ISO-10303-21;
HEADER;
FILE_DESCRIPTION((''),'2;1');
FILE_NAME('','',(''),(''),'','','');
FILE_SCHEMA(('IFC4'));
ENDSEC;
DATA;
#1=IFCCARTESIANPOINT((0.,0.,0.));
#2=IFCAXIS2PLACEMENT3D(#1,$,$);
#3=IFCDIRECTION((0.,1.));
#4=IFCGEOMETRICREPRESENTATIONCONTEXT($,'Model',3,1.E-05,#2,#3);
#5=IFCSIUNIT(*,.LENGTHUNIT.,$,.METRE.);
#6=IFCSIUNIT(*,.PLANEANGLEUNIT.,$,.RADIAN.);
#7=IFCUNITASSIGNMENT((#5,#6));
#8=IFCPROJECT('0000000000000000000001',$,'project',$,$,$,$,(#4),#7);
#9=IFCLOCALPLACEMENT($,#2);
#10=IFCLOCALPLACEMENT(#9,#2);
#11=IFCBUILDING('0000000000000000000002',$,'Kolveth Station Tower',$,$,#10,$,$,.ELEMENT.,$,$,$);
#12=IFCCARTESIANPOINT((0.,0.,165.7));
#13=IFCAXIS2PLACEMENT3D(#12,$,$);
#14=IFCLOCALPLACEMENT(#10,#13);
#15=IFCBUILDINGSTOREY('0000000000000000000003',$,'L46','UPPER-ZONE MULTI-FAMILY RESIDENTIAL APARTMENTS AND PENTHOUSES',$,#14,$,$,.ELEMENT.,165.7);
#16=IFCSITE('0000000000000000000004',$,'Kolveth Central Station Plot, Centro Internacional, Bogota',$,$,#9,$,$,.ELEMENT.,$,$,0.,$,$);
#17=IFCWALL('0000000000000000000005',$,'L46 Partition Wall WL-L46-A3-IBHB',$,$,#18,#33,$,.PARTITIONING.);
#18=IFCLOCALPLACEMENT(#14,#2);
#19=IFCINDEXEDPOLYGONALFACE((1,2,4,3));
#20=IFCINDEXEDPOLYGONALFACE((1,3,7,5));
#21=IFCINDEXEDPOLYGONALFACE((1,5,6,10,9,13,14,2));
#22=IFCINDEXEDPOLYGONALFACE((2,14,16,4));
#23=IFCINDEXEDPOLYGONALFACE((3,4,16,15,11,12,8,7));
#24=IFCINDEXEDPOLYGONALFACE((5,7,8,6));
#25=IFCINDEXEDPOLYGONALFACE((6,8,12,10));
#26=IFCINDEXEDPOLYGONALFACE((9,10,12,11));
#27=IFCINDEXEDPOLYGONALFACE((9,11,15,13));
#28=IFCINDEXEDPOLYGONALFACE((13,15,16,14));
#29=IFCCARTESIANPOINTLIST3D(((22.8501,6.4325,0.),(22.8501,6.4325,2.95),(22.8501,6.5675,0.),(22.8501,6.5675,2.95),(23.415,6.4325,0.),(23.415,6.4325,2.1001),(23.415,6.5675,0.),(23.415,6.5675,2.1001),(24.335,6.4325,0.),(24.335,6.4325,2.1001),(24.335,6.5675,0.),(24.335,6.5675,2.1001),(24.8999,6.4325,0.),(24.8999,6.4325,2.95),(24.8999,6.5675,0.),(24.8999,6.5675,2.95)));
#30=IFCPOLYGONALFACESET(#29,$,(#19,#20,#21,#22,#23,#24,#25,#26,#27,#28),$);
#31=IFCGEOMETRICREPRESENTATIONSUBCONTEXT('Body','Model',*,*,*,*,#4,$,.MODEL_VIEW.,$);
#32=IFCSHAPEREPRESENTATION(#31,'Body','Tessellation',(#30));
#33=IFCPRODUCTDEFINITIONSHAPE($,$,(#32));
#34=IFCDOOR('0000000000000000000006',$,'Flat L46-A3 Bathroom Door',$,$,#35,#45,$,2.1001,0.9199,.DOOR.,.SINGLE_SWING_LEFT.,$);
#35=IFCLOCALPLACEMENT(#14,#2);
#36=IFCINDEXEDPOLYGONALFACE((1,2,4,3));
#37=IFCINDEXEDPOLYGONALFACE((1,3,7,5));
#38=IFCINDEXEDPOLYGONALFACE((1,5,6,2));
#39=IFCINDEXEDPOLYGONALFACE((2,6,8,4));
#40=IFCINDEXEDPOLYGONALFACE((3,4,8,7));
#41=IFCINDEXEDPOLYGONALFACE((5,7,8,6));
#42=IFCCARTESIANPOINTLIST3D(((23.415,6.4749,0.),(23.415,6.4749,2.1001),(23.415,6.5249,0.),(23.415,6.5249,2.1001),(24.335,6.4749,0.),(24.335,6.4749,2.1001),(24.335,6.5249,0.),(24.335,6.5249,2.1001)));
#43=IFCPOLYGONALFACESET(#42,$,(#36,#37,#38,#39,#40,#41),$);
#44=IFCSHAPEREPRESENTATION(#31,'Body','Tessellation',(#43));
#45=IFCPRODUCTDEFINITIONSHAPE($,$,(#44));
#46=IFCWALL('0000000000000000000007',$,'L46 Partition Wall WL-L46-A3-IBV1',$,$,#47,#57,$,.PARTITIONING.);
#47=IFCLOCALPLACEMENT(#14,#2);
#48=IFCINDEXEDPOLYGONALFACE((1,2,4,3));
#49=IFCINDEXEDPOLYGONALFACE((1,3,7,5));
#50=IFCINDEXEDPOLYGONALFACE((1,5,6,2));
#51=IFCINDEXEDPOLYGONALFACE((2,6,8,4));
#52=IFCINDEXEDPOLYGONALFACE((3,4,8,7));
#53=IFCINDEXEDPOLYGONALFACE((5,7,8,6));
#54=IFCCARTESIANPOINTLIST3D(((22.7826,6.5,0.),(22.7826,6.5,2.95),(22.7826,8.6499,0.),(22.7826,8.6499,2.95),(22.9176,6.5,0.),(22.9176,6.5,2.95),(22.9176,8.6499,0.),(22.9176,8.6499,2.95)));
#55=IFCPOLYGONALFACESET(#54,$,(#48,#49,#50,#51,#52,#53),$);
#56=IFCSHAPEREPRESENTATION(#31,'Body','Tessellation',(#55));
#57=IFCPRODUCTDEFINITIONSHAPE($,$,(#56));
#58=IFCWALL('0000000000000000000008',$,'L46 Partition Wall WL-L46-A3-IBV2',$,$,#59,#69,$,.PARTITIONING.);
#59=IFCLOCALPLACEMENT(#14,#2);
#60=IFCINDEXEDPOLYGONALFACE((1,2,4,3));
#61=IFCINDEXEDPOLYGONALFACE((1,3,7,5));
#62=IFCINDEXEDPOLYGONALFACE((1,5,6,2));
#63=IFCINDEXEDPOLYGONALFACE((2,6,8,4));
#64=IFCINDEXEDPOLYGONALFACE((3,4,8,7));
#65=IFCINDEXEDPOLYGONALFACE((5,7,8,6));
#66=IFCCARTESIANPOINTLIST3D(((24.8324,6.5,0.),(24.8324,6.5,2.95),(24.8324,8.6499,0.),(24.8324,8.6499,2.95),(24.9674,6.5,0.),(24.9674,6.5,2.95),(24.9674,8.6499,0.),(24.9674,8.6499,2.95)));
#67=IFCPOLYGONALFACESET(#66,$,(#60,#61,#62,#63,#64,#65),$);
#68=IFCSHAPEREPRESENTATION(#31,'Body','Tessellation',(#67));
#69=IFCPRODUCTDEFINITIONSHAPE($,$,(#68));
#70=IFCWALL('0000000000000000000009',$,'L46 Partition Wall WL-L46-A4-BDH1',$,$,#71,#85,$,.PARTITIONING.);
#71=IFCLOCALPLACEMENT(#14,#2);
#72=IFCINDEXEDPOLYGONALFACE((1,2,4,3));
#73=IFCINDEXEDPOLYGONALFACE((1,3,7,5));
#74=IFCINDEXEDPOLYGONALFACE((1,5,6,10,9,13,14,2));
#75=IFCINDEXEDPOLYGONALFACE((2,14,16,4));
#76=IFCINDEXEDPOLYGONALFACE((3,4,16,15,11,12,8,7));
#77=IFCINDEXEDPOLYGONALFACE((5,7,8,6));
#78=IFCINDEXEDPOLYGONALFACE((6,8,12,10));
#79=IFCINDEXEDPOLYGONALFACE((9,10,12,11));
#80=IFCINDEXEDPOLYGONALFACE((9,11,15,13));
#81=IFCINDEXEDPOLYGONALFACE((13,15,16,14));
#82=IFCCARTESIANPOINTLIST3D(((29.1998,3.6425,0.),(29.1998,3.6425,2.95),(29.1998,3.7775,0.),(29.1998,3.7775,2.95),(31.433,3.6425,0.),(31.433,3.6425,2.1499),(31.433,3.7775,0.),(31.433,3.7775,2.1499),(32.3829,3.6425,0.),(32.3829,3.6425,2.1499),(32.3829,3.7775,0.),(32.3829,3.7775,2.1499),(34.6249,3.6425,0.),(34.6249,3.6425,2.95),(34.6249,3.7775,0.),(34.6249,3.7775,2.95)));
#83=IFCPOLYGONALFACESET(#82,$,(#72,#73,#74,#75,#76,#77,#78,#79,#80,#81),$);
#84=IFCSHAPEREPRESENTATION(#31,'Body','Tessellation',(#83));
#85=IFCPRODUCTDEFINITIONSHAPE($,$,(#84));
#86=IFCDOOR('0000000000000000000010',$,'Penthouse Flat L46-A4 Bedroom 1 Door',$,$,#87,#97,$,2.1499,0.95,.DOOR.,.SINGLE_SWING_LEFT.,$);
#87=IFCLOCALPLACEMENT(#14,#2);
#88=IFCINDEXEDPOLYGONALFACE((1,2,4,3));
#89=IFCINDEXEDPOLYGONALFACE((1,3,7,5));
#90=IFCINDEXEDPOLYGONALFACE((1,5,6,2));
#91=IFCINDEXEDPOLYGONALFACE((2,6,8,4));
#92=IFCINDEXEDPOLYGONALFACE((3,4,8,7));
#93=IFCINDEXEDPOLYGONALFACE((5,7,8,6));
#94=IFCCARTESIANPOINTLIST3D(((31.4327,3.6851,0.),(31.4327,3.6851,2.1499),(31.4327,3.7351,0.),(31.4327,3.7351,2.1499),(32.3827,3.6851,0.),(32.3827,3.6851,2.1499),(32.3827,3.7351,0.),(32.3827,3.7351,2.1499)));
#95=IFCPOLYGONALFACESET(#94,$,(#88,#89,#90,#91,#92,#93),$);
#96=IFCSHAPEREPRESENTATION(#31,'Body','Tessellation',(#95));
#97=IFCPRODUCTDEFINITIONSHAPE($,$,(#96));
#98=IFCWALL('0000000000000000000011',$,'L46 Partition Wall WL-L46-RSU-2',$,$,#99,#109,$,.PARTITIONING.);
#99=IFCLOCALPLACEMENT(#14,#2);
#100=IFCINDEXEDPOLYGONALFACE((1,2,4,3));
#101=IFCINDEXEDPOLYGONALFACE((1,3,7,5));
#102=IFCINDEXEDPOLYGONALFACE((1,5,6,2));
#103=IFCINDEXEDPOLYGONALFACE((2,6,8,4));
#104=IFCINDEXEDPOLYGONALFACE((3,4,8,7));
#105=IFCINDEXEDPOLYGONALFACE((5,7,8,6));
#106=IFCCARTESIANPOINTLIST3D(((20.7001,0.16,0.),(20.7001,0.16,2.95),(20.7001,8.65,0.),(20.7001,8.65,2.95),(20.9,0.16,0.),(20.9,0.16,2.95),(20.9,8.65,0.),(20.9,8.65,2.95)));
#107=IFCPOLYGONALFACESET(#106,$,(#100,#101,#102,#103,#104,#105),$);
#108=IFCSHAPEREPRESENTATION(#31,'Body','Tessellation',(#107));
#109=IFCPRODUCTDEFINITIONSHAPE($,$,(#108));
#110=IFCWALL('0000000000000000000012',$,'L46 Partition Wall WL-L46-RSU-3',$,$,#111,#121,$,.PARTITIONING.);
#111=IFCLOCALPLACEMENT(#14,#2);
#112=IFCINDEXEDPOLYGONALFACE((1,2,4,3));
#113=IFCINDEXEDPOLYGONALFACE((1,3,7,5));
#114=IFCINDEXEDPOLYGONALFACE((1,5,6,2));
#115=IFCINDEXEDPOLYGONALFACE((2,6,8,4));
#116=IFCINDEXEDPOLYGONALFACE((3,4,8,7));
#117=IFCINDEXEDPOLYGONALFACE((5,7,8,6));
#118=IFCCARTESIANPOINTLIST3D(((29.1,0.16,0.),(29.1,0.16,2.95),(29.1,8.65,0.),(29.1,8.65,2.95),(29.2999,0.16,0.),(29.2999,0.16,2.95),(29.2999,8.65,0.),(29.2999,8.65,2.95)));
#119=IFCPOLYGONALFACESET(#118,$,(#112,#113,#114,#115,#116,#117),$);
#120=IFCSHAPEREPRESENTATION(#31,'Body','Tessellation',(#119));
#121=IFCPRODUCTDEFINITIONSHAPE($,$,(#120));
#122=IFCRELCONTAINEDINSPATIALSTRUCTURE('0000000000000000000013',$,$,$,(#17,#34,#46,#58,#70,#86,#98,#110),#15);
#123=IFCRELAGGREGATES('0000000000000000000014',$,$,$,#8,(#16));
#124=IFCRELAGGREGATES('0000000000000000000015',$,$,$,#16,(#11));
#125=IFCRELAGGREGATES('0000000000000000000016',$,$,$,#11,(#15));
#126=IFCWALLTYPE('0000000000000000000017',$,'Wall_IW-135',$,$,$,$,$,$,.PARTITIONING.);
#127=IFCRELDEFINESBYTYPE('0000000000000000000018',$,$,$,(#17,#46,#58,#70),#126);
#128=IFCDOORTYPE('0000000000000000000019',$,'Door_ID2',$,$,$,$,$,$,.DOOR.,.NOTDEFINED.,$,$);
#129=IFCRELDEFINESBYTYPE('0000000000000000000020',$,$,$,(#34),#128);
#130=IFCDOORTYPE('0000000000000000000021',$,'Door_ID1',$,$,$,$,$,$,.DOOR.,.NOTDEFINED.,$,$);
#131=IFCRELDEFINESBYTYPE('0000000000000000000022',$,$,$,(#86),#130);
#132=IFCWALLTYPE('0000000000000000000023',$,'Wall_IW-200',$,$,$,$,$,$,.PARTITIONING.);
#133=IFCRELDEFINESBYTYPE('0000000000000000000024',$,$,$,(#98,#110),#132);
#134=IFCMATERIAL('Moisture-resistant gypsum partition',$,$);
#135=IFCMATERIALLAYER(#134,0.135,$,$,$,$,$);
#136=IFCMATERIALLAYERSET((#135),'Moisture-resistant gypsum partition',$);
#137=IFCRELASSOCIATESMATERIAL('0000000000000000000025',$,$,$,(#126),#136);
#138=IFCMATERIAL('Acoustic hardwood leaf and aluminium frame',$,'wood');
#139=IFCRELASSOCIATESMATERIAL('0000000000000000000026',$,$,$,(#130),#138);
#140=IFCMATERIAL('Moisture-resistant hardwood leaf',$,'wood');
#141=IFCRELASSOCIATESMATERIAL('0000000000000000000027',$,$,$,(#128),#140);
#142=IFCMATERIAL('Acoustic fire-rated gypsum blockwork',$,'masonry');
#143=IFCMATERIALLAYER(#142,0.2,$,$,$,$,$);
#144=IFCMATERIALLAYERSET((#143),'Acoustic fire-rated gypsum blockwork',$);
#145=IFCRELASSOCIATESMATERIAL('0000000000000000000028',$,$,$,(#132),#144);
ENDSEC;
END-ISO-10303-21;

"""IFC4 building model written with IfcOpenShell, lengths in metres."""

from ifc_helpers import new_model, si_unit, direction, frame, frame_2d, origin, place, context, subcontext, project, spatial, rectangle, extrude, material, layer, layer_set, type_object, element, fill, save


model = new_model("IFC4")

# Units and contexts
model_context = context("Model", 3, precision=1e-05, world=origin(), true_north=direction((0.0, 1.0)))
body_context = subcontext(model_context, "Body", "Model", "MODEL_VIEW")
ifc_project = project(units=[si_unit("LENGTHUNIT", "METRE"), si_unit("PLANEANGLEUNIT", "RADIAN")], contexts=[model_context])

# Site, building, storey
site_placement = place(None, origin())
site = spatial("IfcSite", under=ifc_project, at=site_placement, Name="Kolveth Central Station Plot, Centro Internacional, Bogota", CompositionType="ELEMENT", RefElevation=0.0)
building_placement = place(site_placement, origin())
building = spatial("IfcBuilding", under=site, at=building_placement, Name="Kolveth Station Tower", CompositionType="ELEMENT")
storey_placement = place(building_placement, frame((0.0, 0.0, 165.7)))
storey = spatial("IfcBuildingStorey", under=building, at=storey_placement, Name="L46", Description="UPPER-ZONE MULTI-FAMILY RESIDENTIAL APARTMENTS AND PENTHOUSES", CompositionType="ELEMENT", Elevation=165.7)

# Wall, opening, door
ifc_material_1 = material(Name="Moisture-resistant gypsum partition")
ifc_layer_1 = layer(ifc_material_1, 0.135)
ifc_layer_set_1 = layer_set([ifc_layer_1], Name="Moisture-resistant gypsum partition")
wall_type_1 = type_object("IfcWallType", Name="Wall_IW-135", PredefinedType="PARTITIONING", material=ifc_layer_set_1)
ifc_material_2 = material(Name="Acoustic hardwood leaf and aluminium frame", Category="wood")
door_type_1 = type_object("IfcDoorType", Name="Door_ID1", OperationType="NOTDEFINED", PredefinedType="DOOR", material=ifc_material_2)
wall_1_placement = place(storey_placement, frame((22.8501, 6.5, 0.0), z_axis=(0.0, 0.0, 1.0), x_axis=(1.0, 0.0, 0.0)))
wall_1 = element("IfcWall", 1, at=wall_1_placement, inside=storey, type_object=wall_type_1, Name="L46 Partition Wall WL-L46-A3-IBHB", PredefinedType="PARTITIONING", context=body_context, shape_type="SweptSolid", body=[
    extrude(rectangle(XDim=2.0498, YDim=0.135, at=frame_2d((1.0249, 0.0))), origin(), (0.0, 0.0, 1.0), 2.95),
])
opening_1_placement = place(wall_1_placement, frame((0.5649, 0.0, 0.0)))
opening_1 = element("IfcOpeningElement", 2, at=opening_1_placement, cuts=wall_1, PredefinedType="OPENING", context=body_context, shape_type="SweptSolid", body=[
    extrude(rectangle(XDim=0.9199, YDim=2.1001, at=frame_2d((0.46, 1.05))), frame((0.0, 0.0774, 0.0), z_axis=(0.0, -1.0, 0.0), x_axis=(1.0, 0.0, 0.0)), (0.0, 0.0, 1.0), 0.155),
])
ifc_material_3 = material(Name="Moisture-resistant hardwood leaf", Category="wood")
door_type_2 = type_object("IfcDoorType", Name="Door_ID2", OperationType="NOTDEFINED", PredefinedType="DOOR", material=ifc_material_3)
door_1_placement = place(opening_1_placement, origin())
door_1 = element("IfcDoor", 3, at=door_1_placement, inside=storey, type_object=door_type_2, Name="Flat L46-A3 Bathroom Door", OperationType="SINGLE_SWING_LEFT", OverallHeight=2.1001, OverallWidth=0.9199, PredefinedType="DOOR", context=body_context, shape_type="SweptSolid", body=[
    extrude(rectangle(XDim=0.9199, YDim=2.1001, at=frame_2d((0.46, 1.05))), frame((0.0, 0.0249, 0.0), z_axis=(0.0, -1.0, 0.0), x_axis=(1.0, 0.0, 0.0)), (0.0, 0.0, 1.0), 0.05),
])
fill(opening_1, door_1)

# Walls
for number, where, z_axis, x_axis, name in (
    (4, (22.8501, 6.5, 0.0), (0.0, 0.0, 1.0), (0.0, 1.0, 0.0), "L46 Partition Wall WL-L46-A3-IBV1"),
    (5, (24.8999, 6.5, 0.0), (0.0, 0.0, 1.0), (0.0, 1.0, 0.0), "L46 Partition Wall WL-L46-A3-IBV2"),
):
    element("IfcWall", number, at=place(storey_placement, frame(where, z_axis=z_axis, x_axis=x_axis)), inside=storey, type_object=wall_type_1, Name=name, PredefinedType="PARTITIONING", context=body_context, shape_type="SweptSolid", body=[
        extrude(rectangle(XDim=2.1499, YDim=0.135, at=frame_2d((1.075, 0.0))), origin(), (0.0, 0.0, 1.0), 2.95),
    ])

# Wall, opening, door
wall_2_placement = place(storey_placement, frame((29.2, 3.71, 0.0), z_axis=(0.0, 0.0, 1.0), x_axis=(1.0, 0.0, 0.0)))
wall_2 = element("IfcWall", 6, at=wall_2_placement, inside=storey, type_object=wall_type_1, Name="L46 Partition Wall WL-L46-A4-BDH1", PredefinedType="PARTITIONING", context=body_context, shape_type="SweptSolid", body=[
    extrude(rectangle(XDim=5.425, YDim=0.135, at=frame_2d((2.7124, 0.0))), origin(), (0.0, 0.0, 1.0), 2.95),
])
opening_2_placement = place(wall_2_placement, frame((2.2329, 0.0, 0.0)))
opening_2 = element("IfcOpeningElement", 7, at=opening_2_placement, cuts=wall_2, PredefinedType="OPENING", context=body_context, shape_type="SweptSolid", body=[
    extrude(rectangle(XDim=0.95, YDim=2.1499, at=frame_2d((0.4751, 1.075))), frame((0.0, 0.0774, 0.0), z_axis=(0.0, -1.0, 0.0), x_axis=(1.0, 0.0, 0.0)), (0.0, 0.0, 1.0), 0.155),
])
door_2_placement = place(opening_2_placement, frame((0.95, 0.0, 0.0), z_axis=(0.0, 0.0, 1.0), x_axis=(-1.0, 0.0, 0.0)))
door_2 = element("IfcDoor", 8, at=door_2_placement, inside=storey, type_object=door_type_1, Name="Penthouse Flat L46-A4 Bedroom 1 Door", OperationType="SINGLE_SWING_LEFT", OverallHeight=2.1499, OverallWidth=0.95, PredefinedType="DOOR", context=body_context, shape_type="SweptSolid", body=[
    extrude(rectangle(XDim=0.95, YDim=2.1499, at=frame_2d((0.4751, 1.075))), frame((0.0, 0.0249, 0.0), z_axis=(0.0, -1.0, 0.0), x_axis=(1.0, 0.0, 0.0)), (0.0, 0.0, 1.0), 0.05),
])
fill(opening_2, door_2)

# Walls
ifc_material_4 = material(Name="Acoustic fire-rated gypsum blockwork", Category="masonry")
ifc_layer_2 = layer(ifc_material_4, 0.2)
ifc_layer_set_2 = layer_set([ifc_layer_2], Name="Acoustic fire-rated gypsum blockwork")
wall_type_2 = type_object("IfcWallType", Name="Wall_IW-200", PredefinedType="PARTITIONING", material=ifc_layer_set_2)
for number, where, z_axis, x_axis, name in (
    (9, (20.8, 0.1599, 0.0), (0.0, 0.0, 1.0), (0.0, 1.0, 0.0), "L46 Partition Wall WL-L46-RSU-2"),
    (10, (29.2, 0.1599, 0.0), (0.0, 0.0, 1.0), (0.0, 1.0, 0.0), "L46 Partition Wall WL-L46-RSU-3"),
):
    element("IfcWall", number, at=place(storey_placement, frame(where, z_axis=z_axis, x_axis=x_axis)), inside=storey, type_object=wall_type_2, Name=name, PredefinedType="PARTITIONING", context=body_context, shape_type="SweptSolid", body=[
        extrude(rectangle(XDim=8.49, YDim=0.2, at=frame_2d((4.2451, 0.0))), origin(), (0.0, 0.0, 1.0), 2.95),
    ])

save(model, "model.ifc")
